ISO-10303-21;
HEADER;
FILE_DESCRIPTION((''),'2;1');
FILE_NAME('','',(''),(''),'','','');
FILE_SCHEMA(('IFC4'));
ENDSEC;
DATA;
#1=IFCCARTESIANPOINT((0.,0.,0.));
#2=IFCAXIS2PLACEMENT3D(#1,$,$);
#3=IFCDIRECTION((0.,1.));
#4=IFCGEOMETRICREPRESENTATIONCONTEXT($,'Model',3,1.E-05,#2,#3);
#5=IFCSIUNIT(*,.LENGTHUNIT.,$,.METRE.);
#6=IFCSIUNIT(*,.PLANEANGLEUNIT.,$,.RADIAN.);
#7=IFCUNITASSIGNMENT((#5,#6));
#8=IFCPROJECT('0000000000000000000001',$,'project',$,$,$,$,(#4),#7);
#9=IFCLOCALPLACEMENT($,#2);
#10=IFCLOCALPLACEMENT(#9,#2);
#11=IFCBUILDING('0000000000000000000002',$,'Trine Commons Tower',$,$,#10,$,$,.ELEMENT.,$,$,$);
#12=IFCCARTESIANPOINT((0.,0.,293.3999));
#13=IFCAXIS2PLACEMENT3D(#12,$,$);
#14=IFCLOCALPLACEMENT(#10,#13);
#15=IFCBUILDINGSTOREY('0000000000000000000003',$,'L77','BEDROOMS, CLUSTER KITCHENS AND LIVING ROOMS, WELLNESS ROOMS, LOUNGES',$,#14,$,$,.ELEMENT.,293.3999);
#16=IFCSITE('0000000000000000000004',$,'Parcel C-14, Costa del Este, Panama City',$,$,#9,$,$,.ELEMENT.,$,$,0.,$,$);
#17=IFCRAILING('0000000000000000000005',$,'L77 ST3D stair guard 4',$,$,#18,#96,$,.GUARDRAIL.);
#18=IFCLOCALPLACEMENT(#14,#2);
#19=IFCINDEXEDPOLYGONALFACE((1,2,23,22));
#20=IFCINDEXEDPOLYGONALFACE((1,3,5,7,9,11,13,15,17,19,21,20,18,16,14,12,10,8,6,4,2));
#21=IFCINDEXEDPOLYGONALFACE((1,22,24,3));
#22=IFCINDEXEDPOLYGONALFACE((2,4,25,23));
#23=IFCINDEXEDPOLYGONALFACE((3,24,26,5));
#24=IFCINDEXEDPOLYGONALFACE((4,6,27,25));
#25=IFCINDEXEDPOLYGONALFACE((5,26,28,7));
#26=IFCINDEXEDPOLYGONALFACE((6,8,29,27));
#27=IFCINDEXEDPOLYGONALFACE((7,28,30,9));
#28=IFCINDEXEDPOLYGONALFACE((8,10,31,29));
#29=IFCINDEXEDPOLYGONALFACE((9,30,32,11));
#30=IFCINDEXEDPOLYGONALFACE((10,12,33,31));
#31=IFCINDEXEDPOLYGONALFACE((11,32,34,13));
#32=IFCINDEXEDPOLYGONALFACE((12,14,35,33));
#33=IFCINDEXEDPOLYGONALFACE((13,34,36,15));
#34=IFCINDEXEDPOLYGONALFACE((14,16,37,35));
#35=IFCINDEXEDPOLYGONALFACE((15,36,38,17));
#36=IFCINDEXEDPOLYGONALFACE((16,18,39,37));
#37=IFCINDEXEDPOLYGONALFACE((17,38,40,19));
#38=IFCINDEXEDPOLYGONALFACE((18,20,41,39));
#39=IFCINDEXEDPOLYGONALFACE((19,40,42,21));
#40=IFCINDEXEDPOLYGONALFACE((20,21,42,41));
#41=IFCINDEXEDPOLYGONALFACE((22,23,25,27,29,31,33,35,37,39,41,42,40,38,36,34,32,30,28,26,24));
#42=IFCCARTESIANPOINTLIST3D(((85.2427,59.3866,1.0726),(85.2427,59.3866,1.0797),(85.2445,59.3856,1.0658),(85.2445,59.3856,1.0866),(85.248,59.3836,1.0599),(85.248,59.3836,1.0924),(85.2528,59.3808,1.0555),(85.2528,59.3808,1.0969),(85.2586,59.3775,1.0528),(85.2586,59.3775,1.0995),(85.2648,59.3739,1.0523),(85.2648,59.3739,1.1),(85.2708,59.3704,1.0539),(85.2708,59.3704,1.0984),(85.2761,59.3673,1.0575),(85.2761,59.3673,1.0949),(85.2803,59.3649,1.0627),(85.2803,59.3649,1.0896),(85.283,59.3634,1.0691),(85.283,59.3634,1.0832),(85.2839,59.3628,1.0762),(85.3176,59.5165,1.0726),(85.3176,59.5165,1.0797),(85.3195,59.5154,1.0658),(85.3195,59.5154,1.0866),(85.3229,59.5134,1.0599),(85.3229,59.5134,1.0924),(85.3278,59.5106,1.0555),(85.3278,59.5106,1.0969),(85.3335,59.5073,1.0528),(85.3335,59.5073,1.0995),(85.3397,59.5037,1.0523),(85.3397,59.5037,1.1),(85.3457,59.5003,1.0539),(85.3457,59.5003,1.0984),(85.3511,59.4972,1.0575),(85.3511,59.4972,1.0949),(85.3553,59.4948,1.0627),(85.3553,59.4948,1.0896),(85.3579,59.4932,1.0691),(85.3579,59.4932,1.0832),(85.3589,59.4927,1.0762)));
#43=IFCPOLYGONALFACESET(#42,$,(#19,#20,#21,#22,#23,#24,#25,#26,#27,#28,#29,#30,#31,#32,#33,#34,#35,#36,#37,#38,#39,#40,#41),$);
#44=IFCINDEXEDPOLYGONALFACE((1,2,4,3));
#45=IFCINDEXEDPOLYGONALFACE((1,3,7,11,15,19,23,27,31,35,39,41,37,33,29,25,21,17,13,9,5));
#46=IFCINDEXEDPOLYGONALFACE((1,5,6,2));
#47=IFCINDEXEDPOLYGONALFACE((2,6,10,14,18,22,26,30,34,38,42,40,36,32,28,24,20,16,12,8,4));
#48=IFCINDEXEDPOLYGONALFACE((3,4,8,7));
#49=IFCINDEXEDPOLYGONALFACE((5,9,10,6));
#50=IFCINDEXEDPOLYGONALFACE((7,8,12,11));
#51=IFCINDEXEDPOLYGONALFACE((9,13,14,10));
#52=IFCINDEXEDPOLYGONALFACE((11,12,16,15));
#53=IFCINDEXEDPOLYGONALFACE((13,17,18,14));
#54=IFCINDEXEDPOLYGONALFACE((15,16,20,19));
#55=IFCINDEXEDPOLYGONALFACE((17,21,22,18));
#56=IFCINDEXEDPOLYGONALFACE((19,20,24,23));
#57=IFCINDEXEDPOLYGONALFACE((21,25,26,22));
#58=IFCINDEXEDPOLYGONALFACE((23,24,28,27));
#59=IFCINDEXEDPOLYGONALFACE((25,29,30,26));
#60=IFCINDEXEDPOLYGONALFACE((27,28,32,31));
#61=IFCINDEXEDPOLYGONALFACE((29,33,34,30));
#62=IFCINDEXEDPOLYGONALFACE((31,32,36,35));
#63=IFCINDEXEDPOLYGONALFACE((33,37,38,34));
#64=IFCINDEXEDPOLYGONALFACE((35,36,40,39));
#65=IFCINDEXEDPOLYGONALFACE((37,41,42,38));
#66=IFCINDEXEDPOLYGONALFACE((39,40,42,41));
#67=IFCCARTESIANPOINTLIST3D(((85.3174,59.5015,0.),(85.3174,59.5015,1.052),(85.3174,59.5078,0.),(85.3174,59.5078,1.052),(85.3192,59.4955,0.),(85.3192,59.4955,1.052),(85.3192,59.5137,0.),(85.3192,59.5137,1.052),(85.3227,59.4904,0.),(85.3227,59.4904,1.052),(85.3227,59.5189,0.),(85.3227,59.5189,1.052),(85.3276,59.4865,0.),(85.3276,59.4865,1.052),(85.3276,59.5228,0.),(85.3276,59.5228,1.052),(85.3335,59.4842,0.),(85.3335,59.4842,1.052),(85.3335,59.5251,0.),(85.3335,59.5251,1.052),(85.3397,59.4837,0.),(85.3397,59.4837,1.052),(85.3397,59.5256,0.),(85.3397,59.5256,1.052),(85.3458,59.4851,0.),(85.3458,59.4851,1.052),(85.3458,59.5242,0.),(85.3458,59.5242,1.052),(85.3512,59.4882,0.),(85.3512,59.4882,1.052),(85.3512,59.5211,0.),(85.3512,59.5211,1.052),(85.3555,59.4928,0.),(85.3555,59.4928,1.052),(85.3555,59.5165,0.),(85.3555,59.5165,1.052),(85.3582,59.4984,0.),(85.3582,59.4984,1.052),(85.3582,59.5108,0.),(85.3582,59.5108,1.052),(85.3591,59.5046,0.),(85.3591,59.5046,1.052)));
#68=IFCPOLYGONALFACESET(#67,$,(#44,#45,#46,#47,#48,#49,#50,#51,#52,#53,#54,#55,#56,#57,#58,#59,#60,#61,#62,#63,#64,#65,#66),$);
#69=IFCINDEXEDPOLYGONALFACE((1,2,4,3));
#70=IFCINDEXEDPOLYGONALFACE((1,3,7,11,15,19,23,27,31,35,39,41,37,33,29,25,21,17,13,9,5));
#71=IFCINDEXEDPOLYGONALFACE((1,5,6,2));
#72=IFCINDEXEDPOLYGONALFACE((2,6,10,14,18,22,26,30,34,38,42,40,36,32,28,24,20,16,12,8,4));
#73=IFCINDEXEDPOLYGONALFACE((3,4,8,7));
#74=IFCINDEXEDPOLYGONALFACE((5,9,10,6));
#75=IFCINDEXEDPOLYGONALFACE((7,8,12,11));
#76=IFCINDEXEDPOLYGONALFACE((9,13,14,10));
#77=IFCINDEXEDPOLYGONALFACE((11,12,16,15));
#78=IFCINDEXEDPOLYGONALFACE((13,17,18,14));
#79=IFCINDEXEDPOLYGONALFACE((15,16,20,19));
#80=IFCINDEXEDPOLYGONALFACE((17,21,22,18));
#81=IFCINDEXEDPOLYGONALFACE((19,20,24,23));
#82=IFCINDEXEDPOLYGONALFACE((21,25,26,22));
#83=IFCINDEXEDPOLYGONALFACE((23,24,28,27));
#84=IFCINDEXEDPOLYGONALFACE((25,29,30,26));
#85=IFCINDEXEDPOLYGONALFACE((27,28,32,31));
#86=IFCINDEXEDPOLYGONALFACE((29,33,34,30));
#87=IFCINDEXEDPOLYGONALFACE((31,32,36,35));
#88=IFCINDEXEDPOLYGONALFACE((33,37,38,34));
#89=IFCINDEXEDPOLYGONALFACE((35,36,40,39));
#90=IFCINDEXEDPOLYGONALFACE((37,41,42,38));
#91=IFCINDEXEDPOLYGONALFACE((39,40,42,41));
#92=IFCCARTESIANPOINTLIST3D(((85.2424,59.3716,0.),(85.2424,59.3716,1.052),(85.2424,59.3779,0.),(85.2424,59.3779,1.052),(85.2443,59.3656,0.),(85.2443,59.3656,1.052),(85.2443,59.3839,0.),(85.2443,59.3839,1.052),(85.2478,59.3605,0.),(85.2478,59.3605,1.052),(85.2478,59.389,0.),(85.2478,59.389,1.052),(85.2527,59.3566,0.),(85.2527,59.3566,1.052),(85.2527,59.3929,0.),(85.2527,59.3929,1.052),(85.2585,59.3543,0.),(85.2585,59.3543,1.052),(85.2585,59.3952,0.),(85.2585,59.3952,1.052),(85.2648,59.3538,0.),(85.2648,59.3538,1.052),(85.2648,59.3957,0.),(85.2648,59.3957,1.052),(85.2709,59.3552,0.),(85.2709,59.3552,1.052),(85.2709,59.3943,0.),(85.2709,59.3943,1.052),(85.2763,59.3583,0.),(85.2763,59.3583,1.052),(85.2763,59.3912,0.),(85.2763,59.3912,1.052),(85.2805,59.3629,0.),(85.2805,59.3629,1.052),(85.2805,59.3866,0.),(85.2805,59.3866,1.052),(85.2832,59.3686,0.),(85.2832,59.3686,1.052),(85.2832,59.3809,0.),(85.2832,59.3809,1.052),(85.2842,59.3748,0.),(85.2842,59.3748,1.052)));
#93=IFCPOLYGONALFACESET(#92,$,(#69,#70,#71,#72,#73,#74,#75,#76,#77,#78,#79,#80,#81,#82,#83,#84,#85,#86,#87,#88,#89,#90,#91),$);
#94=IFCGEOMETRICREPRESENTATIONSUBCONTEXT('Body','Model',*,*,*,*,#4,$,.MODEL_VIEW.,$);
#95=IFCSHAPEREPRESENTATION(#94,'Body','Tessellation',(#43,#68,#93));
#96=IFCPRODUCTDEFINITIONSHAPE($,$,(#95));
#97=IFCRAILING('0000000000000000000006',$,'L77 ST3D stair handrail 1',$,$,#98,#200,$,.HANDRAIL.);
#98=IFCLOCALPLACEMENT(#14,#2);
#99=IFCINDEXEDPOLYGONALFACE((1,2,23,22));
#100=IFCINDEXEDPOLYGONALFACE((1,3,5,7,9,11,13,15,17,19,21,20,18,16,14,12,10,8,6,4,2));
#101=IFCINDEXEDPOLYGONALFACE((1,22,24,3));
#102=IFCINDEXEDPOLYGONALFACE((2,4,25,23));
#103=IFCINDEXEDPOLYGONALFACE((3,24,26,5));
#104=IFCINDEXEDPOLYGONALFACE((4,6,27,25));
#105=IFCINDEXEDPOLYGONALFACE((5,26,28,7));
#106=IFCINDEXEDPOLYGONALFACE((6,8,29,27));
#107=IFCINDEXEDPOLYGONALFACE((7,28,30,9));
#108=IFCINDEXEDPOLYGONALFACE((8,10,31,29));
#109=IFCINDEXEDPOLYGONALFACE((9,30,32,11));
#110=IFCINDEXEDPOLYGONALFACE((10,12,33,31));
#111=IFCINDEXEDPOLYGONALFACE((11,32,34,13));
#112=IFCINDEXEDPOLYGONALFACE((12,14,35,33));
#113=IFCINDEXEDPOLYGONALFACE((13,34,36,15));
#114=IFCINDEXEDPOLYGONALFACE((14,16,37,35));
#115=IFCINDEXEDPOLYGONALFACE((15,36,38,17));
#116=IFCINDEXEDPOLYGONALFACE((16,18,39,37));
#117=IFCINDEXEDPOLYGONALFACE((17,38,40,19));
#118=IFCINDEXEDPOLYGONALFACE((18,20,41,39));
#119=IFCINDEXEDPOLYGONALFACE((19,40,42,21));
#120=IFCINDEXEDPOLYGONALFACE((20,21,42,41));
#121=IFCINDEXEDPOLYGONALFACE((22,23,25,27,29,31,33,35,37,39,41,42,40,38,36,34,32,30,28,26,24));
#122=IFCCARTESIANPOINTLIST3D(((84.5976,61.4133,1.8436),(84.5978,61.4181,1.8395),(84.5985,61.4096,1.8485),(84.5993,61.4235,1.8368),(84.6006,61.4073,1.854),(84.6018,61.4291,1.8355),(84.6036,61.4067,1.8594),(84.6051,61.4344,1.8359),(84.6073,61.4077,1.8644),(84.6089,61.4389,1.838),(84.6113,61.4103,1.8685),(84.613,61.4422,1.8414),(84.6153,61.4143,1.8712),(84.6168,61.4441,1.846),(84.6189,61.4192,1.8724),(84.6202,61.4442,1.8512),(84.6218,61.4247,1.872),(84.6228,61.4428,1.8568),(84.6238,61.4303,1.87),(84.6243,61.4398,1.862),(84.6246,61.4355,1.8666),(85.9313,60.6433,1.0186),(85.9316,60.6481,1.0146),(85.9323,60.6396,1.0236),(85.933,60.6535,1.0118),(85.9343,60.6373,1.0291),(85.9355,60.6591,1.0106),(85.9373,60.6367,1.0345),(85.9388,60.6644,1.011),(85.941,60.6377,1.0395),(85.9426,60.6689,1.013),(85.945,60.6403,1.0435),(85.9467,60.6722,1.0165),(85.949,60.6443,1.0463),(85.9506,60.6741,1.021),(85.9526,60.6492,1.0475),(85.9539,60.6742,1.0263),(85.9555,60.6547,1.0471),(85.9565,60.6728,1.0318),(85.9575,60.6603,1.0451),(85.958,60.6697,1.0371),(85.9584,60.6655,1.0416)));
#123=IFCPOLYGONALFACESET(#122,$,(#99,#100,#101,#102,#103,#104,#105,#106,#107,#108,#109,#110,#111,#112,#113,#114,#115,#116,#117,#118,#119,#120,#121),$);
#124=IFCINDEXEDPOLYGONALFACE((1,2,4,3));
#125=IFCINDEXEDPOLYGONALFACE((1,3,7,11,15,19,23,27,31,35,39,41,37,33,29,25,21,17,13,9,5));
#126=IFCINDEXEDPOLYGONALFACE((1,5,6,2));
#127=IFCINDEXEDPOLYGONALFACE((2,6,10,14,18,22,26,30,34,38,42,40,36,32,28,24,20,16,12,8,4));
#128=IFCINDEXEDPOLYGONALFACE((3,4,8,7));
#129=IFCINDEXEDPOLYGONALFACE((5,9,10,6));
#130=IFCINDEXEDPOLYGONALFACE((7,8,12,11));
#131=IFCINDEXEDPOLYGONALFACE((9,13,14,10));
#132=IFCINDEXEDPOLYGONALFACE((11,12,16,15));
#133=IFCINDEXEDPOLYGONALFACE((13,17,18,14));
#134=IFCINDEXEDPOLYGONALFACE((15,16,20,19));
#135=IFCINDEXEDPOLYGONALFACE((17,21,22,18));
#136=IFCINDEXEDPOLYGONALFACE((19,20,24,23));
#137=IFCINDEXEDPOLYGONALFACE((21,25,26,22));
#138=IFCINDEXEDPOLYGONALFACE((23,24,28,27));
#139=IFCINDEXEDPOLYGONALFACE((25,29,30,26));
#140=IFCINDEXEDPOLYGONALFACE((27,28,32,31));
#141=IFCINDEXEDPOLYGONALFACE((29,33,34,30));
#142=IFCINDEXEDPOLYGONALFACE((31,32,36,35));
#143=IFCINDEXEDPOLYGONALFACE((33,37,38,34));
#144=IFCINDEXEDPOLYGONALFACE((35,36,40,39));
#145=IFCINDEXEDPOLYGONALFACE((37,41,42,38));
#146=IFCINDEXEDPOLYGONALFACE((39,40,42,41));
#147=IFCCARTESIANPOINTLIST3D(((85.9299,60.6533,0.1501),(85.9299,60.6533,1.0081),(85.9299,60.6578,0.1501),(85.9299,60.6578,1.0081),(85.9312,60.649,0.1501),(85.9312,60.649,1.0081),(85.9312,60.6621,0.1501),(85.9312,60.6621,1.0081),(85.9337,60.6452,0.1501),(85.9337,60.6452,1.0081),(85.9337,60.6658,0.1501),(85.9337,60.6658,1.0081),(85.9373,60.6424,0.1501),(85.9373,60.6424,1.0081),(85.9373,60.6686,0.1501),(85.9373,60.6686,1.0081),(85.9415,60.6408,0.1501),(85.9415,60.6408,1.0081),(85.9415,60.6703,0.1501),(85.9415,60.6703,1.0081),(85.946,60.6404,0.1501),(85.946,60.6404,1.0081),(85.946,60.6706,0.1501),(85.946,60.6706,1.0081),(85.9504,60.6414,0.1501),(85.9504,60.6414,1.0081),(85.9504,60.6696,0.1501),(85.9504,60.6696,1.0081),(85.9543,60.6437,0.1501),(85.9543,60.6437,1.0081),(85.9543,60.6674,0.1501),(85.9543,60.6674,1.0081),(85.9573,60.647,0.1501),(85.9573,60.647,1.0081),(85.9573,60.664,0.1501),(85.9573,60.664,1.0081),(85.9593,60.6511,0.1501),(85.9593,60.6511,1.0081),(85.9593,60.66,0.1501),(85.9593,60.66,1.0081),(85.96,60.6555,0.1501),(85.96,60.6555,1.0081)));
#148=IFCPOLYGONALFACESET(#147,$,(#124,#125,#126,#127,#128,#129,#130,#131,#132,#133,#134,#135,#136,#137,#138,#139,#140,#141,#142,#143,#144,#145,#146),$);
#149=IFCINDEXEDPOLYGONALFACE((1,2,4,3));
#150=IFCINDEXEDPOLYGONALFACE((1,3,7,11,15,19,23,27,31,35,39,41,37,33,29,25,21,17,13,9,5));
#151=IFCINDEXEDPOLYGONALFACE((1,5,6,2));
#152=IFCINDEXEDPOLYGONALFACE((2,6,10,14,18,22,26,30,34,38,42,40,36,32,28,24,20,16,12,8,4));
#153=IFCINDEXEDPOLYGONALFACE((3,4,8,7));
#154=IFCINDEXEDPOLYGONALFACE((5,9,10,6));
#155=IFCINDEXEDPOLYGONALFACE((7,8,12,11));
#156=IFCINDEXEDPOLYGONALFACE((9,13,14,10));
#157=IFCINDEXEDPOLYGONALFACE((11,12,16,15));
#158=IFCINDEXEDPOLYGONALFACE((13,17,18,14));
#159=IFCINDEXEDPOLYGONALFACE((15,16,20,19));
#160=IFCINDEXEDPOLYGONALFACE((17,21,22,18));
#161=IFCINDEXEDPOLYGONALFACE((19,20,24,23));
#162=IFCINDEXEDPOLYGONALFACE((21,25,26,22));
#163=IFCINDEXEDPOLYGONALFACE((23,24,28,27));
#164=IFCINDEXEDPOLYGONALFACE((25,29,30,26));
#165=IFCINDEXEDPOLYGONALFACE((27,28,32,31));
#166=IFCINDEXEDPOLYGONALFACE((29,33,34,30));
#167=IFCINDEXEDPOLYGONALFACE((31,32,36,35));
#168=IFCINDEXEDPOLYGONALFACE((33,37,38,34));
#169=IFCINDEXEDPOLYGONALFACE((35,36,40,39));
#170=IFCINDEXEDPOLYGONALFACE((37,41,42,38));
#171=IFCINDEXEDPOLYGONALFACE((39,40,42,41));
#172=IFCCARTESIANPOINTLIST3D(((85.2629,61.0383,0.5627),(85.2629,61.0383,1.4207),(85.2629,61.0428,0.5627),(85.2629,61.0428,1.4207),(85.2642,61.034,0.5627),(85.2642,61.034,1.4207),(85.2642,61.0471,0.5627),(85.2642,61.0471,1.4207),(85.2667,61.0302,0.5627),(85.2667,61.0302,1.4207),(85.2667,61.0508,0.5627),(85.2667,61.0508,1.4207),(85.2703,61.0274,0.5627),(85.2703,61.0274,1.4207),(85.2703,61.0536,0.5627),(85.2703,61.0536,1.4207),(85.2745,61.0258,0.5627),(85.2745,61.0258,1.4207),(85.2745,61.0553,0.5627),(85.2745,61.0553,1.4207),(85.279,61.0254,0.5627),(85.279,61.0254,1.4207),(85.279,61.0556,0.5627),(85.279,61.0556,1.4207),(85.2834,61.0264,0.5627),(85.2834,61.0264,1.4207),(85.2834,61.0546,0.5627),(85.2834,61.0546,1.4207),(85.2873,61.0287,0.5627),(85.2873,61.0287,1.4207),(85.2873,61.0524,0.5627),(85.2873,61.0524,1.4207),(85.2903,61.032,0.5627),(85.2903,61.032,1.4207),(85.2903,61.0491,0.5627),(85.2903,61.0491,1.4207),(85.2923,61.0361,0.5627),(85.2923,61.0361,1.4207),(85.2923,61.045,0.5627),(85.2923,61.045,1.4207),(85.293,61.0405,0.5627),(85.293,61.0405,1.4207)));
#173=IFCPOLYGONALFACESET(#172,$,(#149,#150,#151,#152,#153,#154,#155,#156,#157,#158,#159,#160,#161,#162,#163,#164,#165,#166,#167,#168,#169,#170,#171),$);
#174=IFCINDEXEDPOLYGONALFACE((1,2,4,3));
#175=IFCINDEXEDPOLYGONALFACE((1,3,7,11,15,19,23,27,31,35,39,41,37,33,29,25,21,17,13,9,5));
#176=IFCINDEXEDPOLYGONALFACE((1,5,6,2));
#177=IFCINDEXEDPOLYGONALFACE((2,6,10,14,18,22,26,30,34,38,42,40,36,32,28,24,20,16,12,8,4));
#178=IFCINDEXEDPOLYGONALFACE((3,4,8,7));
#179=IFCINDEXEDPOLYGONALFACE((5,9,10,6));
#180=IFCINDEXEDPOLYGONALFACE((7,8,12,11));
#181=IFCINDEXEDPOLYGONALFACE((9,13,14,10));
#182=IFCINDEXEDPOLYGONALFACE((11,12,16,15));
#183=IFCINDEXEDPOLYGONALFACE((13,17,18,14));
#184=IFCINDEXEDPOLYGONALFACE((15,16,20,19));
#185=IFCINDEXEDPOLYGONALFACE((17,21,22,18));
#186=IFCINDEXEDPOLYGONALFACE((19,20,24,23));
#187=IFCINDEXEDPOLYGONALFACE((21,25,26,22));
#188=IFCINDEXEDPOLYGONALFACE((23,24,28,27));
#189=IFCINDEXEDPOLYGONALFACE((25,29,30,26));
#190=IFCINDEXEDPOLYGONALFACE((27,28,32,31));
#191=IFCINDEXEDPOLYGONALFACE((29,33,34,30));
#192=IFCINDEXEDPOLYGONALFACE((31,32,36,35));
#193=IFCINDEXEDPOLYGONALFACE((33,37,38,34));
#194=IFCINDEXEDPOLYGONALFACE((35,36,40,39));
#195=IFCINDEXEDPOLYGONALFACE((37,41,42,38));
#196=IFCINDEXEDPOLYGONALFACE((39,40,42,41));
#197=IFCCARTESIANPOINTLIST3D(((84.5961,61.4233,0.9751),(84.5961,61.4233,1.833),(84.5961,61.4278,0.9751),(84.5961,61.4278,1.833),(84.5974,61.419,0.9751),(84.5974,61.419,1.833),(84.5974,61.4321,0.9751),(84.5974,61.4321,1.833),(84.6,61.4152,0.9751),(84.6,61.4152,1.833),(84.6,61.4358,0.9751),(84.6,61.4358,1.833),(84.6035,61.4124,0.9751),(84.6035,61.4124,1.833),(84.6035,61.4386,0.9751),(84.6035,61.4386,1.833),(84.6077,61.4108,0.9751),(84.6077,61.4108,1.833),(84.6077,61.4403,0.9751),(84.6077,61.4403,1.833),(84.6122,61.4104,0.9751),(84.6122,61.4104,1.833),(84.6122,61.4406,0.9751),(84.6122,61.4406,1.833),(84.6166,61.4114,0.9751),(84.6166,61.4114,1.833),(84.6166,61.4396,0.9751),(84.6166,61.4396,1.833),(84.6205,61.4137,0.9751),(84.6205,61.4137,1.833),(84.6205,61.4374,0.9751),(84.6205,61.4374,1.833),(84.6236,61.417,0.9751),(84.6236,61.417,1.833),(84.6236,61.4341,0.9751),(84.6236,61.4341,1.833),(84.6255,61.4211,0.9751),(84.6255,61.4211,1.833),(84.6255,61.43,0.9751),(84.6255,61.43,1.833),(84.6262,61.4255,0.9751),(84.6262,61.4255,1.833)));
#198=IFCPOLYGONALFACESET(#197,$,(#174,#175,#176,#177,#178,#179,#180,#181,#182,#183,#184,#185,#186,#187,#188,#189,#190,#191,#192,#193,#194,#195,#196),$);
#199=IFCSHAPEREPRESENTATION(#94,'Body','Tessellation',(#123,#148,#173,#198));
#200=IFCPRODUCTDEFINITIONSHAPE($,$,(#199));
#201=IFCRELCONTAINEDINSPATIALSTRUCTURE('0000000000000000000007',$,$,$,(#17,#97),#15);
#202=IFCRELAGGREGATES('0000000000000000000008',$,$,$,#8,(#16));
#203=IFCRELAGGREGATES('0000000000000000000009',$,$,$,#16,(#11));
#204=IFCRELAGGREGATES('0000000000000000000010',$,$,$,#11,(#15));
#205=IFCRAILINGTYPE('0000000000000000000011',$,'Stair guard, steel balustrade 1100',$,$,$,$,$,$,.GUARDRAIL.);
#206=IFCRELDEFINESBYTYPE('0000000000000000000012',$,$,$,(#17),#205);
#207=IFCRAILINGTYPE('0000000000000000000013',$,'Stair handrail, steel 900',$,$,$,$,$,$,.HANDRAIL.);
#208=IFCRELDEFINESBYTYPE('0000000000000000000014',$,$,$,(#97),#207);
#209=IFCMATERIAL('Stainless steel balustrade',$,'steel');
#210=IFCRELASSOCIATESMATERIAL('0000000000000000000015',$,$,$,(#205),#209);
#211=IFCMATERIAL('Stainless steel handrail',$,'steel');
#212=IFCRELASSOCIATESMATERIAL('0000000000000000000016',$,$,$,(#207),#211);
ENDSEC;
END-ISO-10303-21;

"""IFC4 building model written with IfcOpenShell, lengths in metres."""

from ifc_helpers import new_model, si_unit, direction, frame, origin, origin_2d, place, context, subcontext, project, spatial, circle, extrude, material, type_object, element, save


model = new_model("IFC4")

# Units and contexts
model_context = context("Model", 3, precision=1e-05, world=origin(), true_north=direction((0.0, 1.0)))
body_context = subcontext(model_context, "Body", "Model", "MODEL_VIEW")
ifc_project = project(units=[si_unit("LENGTHUNIT", "METRE"), si_unit("PLANEANGLEUNIT", "RADIAN")], contexts=[model_context])

# Site, building, storey
site_placement = place(None, origin())
site = spatial("IfcSite", under=ifc_project, at=site_placement, Name="Parcel C-14, Costa del Este, Panama City", CompositionType="ELEMENT", RefElevation=0.0)
building_placement = place(site_placement, origin())
building = spatial("IfcBuilding", under=site, at=building_placement, Name="Trine Commons Tower", CompositionType="ELEMENT")
storey_placement = place(building_placement, frame((0.0, 0.0, 293.3999)))
storey = spatial("IfcBuildingStorey", under=building, at=storey_placement, Name="L77", Description="BEDROOMS, CLUSTER KITCHENS AND LIVING ROOMS, WELLNESS ROOMS, LOUNGES", CompositionType="ELEMENT", Elevation=293.3999)

# Railings
ifc_material_1 = material(Name="Stainless steel balustrade", Category="steel")
railing_type_1 = type_object("IfcRailingType", Name="Stair guard, steel balustrade 1100", PredefinedType="GUARDRAIL", material=ifc_material_1)
railing_1_placement = place(storey_placement, frame((85.3381, 59.5046, 0.0)))
element("IfcRailing", 1, at=railing_1_placement, inside=storey, type_object=railing_type_1, Name="L77 ST3D stair guard 4", PredefinedType="GUARDRAIL", context=body_context, shape_type="SweptSolid", body=[
    extrude(circle(Radius=0.0239, at=origin_2d()), frame((0.0, 0.0, 1.0762), z_axis=(-0.499816, -0.866131, 0.0), x_axis=(0.866131, -0.499816, 0.0)), (0.0, 0.0, 1.0), 0.1499),
    extrude(circle(Radius=0.021, at=origin_2d()), origin(), (0.0, 0.0, 1.0), 1.052),
    extrude(circle(Radius=0.021, at=origin_2d()), frame((-0.075, -0.1299, 0.0)), (0.0, 0.0, 1.0), 1.052),
])
ifc_material_2 = material(Name="Stainless steel handrail", Category="steel")
railing_type_2 = type_object("IfcRailingType", Name="Stair handrail, steel 900", PredefinedType="HANDRAIL", material=ifc_material_2)
railing_2_placement = place(storey_placement, frame((85.9448, 60.6555, 0.1501)))
element("IfcRailing", 2, at=railing_2_placement, inside=storey, type_object=railing_type_2, Name="L77 ST3D stair handrail 1", PredefinedType="HANDRAIL", context=body_context, shape_type="SweptSolid", body=[
    extrude(circle(Radius=0.021, at=origin_2d()), frame((0.0, 0.0, 0.8789), z_axis=(-0.763405, 0.440743, 0.472185), x_axis=(-0.499992, -0.86603, 0.0)), (0.0, 0.0, 1.0), 1.7471),
    extrude(circle(Radius=0.0151, at=origin_2d()), origin(), (0.0, 0.0, 1.0), 0.8579),
    extrude(circle(Radius=0.0151, at=origin_2d()), frame((-0.667, 0.385, 0.4126)), (0.0, 0.0, 1.0), 0.8579),
    extrude(circle(Radius=0.0151, at=origin_2d()), frame((-1.3337, 0.77, 0.825)), (0.0, 0.0, 1.0), 0.8579),
])

save(model, "model.ifc")
